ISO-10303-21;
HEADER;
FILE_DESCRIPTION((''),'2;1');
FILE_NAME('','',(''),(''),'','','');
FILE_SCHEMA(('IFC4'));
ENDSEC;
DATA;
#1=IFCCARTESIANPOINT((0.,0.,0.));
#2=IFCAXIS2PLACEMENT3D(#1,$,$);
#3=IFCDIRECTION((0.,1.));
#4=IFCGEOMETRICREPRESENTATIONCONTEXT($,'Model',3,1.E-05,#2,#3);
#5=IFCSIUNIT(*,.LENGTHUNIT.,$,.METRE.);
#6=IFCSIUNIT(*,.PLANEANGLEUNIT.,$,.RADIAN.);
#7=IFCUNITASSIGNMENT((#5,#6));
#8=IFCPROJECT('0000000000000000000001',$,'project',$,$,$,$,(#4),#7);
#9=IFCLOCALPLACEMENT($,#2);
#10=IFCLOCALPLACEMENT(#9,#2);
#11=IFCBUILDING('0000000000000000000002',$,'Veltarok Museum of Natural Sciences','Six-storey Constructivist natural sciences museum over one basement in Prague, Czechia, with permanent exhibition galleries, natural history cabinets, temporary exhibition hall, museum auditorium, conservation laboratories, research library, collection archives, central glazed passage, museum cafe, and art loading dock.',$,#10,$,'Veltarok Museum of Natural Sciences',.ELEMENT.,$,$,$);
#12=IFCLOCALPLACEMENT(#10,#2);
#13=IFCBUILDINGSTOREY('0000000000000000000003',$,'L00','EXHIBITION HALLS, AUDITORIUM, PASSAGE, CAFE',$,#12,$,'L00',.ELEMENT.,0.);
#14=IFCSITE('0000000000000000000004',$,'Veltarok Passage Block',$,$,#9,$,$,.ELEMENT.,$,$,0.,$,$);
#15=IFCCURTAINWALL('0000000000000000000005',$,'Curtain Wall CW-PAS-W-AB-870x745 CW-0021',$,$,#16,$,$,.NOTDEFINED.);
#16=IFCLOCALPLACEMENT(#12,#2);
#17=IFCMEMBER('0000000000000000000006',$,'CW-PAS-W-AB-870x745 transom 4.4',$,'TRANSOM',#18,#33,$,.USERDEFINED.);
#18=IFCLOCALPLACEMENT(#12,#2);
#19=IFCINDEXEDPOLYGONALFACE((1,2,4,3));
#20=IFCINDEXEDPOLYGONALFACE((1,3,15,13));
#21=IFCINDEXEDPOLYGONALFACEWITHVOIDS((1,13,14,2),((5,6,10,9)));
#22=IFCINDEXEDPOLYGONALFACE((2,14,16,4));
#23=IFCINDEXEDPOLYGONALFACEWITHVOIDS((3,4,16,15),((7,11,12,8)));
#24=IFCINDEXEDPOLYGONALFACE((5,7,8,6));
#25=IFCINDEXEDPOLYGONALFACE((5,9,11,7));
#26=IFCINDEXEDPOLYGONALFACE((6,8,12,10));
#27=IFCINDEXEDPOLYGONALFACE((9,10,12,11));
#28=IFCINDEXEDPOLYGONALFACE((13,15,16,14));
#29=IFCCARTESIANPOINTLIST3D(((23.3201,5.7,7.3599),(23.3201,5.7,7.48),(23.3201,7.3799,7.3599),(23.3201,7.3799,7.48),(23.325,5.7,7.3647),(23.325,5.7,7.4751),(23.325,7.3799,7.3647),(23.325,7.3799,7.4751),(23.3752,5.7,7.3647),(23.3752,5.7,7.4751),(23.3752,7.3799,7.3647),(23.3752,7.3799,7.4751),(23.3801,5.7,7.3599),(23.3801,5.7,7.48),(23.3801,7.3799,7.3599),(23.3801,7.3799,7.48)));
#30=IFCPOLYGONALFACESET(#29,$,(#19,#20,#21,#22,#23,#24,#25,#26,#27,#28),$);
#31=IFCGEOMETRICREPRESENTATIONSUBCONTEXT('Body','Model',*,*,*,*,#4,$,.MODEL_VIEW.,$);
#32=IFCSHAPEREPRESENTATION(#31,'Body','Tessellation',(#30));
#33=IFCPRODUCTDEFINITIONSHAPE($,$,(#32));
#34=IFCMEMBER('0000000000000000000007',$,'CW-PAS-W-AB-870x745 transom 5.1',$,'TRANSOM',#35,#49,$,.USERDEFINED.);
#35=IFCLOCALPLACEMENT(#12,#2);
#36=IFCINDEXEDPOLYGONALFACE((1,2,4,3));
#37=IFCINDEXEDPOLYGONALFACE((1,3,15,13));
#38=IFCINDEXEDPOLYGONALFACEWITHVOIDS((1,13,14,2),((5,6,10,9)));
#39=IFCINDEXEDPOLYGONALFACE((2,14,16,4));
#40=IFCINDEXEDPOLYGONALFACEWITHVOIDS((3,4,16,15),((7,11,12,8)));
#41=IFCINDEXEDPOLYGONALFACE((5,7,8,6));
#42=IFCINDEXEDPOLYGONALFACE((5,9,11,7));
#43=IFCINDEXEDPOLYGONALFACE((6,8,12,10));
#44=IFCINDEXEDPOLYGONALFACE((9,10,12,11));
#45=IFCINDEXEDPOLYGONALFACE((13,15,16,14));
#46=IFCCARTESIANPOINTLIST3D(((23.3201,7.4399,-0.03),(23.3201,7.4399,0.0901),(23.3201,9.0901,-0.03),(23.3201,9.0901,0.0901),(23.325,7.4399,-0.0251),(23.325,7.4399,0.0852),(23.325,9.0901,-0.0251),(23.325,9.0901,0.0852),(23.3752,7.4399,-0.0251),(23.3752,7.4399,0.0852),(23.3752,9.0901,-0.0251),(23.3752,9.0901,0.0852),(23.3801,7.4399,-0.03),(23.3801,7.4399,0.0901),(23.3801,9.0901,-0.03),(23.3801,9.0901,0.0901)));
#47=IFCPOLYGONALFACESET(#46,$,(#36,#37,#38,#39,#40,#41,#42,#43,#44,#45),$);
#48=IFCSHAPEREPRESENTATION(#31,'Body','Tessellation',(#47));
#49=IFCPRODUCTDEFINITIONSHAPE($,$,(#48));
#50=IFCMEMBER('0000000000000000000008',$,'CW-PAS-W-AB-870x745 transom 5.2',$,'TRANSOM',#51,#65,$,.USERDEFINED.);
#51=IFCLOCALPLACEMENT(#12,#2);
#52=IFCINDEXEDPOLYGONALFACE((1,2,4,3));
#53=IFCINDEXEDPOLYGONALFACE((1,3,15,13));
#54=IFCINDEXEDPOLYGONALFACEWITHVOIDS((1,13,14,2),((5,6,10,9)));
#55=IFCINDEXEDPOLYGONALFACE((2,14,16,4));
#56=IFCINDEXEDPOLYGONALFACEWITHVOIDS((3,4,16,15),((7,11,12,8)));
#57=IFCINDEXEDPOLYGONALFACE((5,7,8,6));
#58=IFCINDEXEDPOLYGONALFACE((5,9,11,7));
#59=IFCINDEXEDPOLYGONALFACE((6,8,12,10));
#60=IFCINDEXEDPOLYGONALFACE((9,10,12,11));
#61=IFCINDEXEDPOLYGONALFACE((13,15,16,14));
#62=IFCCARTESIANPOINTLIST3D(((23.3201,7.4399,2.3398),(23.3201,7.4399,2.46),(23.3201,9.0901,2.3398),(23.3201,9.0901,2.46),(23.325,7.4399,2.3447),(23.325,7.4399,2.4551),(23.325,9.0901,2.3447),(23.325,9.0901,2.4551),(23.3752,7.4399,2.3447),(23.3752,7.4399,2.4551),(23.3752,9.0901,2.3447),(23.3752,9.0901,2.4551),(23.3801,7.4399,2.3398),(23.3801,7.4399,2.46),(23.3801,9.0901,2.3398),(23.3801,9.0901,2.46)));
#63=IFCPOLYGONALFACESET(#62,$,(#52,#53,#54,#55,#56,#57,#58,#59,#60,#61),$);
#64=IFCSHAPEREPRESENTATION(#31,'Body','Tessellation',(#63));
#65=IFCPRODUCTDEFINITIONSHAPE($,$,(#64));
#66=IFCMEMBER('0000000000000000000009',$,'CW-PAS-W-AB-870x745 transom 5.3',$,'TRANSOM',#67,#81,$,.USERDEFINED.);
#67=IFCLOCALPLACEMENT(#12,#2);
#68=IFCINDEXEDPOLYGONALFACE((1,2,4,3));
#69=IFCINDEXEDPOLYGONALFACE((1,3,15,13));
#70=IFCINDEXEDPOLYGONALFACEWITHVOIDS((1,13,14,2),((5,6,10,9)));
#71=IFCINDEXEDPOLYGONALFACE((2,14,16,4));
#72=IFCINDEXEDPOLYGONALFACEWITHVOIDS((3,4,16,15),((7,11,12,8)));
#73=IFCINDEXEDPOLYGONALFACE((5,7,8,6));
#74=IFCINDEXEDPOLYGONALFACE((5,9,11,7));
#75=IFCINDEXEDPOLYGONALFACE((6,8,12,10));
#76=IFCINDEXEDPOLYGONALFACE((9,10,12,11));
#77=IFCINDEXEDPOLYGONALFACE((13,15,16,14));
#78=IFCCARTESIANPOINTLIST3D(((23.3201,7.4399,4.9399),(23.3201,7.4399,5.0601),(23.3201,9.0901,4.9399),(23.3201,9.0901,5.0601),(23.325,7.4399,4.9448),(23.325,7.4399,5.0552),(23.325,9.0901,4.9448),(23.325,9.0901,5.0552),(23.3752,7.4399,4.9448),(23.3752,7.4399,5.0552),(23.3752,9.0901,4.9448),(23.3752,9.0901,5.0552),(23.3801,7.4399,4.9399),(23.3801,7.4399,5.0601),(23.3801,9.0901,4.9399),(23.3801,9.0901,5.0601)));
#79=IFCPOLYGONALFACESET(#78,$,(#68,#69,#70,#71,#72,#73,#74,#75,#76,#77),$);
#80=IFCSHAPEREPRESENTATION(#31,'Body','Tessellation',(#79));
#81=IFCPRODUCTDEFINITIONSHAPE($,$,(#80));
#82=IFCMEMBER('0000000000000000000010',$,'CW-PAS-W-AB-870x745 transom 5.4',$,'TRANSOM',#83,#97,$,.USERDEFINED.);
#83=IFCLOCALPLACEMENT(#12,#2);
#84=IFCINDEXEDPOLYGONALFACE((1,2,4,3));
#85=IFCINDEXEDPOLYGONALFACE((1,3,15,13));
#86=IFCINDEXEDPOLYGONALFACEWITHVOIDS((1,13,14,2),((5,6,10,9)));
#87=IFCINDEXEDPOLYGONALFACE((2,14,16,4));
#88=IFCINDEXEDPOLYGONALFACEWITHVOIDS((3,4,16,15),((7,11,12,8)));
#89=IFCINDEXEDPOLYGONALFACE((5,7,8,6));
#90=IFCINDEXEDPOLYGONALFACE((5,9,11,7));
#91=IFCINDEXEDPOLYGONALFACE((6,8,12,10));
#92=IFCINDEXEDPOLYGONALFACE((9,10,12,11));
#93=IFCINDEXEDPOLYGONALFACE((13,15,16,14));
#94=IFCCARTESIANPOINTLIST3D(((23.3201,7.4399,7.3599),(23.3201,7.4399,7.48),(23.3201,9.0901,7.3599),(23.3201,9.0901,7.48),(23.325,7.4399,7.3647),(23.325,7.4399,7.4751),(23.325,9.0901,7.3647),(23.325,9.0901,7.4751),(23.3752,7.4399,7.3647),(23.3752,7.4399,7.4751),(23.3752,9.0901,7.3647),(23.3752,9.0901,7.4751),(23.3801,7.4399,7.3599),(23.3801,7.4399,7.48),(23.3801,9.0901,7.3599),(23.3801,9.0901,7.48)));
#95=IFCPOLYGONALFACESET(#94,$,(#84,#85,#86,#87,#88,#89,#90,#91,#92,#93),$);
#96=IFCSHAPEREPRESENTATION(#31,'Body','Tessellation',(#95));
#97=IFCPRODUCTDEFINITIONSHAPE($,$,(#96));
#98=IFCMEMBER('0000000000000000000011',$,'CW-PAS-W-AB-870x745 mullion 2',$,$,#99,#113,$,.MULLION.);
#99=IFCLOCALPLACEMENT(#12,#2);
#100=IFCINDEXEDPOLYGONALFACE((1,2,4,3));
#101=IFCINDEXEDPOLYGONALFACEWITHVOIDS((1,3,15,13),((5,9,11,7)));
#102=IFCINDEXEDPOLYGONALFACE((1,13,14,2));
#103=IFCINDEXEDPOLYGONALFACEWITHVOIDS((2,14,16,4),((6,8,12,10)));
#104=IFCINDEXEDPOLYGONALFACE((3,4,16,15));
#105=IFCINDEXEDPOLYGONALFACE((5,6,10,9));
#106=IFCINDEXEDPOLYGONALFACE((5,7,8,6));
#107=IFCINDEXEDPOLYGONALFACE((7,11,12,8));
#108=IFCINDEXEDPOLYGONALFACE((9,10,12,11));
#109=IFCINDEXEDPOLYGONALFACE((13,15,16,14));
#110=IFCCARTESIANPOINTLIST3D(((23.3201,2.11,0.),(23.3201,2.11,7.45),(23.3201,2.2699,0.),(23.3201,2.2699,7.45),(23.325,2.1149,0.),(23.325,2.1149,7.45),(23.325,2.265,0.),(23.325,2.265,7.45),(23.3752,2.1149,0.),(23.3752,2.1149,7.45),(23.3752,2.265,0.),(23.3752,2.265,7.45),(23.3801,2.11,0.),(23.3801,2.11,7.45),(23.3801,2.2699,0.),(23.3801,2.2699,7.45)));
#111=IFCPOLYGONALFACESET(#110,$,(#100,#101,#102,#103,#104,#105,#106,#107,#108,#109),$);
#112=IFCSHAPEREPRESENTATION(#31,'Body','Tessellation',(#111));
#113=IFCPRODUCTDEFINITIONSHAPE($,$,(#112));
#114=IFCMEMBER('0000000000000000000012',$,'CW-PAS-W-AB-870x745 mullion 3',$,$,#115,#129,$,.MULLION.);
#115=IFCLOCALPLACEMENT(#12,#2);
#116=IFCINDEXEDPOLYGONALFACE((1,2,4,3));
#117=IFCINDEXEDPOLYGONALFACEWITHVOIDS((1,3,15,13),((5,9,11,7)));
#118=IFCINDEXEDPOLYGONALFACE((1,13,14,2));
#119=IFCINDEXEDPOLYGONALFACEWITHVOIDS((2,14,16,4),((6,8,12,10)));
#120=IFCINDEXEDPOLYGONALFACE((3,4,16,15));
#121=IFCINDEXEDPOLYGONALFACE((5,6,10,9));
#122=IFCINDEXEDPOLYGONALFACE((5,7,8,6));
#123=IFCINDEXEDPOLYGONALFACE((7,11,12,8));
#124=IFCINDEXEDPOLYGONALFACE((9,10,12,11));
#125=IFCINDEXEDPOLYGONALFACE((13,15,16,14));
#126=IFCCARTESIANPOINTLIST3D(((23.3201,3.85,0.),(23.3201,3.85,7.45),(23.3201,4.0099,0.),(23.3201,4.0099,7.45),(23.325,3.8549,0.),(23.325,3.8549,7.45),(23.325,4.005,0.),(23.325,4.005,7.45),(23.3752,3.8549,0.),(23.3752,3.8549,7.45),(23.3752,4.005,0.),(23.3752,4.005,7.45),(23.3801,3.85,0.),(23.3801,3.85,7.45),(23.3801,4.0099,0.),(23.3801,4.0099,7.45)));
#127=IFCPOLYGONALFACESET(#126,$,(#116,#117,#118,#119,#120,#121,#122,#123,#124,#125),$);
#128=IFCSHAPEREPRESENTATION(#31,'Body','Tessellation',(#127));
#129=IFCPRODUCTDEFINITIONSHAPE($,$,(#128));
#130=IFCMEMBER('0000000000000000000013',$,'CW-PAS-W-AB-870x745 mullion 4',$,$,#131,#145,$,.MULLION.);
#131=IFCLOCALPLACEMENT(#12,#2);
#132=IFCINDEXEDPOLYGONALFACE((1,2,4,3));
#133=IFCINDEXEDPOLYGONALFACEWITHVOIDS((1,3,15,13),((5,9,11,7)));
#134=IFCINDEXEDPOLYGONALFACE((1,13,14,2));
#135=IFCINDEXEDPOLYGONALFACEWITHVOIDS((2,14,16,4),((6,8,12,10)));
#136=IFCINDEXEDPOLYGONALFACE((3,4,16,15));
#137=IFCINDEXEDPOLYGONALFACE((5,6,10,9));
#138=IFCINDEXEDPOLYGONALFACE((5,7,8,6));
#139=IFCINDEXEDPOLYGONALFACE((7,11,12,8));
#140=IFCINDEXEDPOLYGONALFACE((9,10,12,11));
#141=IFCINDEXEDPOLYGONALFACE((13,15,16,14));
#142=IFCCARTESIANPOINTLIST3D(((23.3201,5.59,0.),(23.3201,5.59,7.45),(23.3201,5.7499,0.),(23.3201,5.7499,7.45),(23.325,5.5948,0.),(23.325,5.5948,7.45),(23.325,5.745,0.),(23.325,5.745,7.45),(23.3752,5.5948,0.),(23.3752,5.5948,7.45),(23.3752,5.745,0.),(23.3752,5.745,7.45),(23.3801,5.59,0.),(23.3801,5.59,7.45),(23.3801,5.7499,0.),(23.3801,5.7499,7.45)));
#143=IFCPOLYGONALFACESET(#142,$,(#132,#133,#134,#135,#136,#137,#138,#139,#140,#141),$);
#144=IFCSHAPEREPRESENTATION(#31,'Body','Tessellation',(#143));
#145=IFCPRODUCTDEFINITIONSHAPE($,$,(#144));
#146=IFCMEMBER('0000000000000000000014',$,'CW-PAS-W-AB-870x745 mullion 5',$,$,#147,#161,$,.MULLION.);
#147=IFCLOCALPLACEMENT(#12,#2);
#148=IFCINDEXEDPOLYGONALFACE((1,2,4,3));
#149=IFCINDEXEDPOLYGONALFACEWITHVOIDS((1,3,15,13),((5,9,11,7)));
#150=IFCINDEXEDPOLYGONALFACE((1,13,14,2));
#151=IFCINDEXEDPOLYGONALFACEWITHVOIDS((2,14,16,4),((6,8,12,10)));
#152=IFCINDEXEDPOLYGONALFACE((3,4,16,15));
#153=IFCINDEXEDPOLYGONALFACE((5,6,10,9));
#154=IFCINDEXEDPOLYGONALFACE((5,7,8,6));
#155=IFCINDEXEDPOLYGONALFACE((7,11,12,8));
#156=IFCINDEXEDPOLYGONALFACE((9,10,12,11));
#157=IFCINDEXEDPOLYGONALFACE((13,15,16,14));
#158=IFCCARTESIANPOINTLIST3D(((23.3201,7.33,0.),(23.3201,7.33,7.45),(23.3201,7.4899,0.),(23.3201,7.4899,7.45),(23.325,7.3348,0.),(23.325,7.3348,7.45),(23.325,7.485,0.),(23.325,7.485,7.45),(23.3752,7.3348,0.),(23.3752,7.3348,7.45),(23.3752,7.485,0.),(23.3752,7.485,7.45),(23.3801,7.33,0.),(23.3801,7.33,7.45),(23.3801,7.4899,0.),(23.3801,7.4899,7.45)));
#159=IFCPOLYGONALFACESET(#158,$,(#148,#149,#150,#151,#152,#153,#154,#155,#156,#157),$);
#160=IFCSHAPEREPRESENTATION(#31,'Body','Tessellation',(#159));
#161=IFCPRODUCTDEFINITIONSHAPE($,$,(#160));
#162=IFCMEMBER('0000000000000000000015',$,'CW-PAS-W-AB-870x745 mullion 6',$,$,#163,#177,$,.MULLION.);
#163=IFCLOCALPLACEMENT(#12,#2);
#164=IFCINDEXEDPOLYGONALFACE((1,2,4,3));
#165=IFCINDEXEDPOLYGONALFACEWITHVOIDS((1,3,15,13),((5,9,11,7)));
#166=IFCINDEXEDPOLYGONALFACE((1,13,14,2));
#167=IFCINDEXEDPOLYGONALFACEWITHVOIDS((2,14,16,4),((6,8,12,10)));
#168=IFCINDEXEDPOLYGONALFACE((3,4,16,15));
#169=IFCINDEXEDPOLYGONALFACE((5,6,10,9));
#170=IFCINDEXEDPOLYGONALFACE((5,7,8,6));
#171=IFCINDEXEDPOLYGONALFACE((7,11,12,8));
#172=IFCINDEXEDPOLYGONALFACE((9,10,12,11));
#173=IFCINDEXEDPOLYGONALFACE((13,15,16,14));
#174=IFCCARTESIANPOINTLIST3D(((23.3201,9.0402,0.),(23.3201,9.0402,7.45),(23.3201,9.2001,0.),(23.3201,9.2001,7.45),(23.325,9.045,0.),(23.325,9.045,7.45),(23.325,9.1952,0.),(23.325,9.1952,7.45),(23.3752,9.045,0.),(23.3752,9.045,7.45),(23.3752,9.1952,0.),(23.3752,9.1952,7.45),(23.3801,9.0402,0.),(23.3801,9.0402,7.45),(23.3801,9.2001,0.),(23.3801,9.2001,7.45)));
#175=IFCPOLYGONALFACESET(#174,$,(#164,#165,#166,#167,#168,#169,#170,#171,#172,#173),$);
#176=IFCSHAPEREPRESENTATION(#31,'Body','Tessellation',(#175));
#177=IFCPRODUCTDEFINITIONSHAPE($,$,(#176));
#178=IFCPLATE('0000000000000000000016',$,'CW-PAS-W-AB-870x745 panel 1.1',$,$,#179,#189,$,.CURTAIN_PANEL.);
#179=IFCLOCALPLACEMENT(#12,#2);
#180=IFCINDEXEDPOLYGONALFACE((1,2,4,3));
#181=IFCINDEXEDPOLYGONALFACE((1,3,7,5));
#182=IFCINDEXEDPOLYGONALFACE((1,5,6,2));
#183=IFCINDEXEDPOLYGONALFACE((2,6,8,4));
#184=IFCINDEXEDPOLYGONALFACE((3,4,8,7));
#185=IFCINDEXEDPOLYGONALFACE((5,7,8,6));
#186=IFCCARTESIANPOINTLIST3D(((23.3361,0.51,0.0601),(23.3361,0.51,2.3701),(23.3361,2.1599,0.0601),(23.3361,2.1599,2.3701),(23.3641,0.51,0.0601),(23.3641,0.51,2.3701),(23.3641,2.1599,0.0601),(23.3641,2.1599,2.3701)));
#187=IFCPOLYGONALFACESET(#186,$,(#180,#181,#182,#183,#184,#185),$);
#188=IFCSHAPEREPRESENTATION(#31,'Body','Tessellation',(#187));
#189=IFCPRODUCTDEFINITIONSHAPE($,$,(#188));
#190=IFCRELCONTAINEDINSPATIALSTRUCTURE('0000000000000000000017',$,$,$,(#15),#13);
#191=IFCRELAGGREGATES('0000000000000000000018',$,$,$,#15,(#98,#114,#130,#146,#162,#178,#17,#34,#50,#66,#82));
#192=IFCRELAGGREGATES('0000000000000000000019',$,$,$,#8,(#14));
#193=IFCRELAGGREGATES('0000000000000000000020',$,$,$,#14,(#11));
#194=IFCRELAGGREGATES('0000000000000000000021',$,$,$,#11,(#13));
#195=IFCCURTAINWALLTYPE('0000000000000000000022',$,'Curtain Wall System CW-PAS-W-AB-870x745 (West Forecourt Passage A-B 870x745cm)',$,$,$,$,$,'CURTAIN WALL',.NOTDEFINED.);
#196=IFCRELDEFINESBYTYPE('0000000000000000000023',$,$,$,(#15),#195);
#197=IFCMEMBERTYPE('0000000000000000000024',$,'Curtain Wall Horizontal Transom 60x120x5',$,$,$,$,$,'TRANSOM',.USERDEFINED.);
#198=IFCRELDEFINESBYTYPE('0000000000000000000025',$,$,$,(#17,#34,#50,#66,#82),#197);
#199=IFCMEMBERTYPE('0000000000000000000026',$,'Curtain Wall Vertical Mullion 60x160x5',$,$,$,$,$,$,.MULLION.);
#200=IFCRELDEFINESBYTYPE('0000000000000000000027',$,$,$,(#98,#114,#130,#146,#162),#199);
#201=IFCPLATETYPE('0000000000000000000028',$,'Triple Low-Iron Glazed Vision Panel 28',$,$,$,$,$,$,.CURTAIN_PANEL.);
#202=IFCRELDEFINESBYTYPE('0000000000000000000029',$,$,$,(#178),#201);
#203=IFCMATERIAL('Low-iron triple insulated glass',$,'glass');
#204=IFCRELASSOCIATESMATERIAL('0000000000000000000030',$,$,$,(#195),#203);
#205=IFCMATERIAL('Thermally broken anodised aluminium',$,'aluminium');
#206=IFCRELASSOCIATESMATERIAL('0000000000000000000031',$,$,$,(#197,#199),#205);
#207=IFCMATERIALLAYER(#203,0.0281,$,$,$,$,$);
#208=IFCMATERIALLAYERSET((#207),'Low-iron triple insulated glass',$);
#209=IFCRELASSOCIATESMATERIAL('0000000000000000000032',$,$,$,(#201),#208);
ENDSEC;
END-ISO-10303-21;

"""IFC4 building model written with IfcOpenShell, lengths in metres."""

from ifc_helpers import new_model, si_unit, direction, frame, origin, origin_2d, place, context, subcontext, project, spatial, rectangle, hollow_rectangle, extrude, material, layer, layer_set, material_profile, profile_set, type_object, element, aggregate, save


model = new_model("IFC4")

# Units and contexts
model_context = context("Model", 3, precision=1e-05, world=origin(), true_north=direction((0.0, 1.0)))
body_context = subcontext(model_context, "Body", "Model", "MODEL_VIEW")
ifc_project = project(units=[si_unit("LENGTHUNIT", "METRE"), si_unit("PLANEANGLEUNIT", "RADIAN")], contexts=[model_context])

# Site, building, storey
site_placement = place(None, origin())
site = spatial("IfcSite", under=ifc_project, at=site_placement, Name="Veltarok Passage Block", CompositionType="ELEMENT", RefElevation=0.0)
building_placement = place(site_placement, origin())
building = spatial("IfcBuilding", under=site, at=building_placement, Name="Veltarok Museum of Natural Sciences", Description="Six-storey Constructivist natural sciences museum over one basement in Prague, Czechia, with permanent exhibition galleries, natural history cabinets, temporary exhibition hall, museum auditorium, conservation laboratories, research library, collection archives, central glazed passage, museum cafe, and art loading dock.", LongName="Veltarok Museum of Natural Sciences", CompositionType="ELEMENT")
storey_placement = place(building_placement, origin())
storey = spatial("IfcBuildingStorey", under=building, at=storey_placement, Name="L00", Description="EXHIBITION HALLS, AUDITORIUM, PASSAGE, CAFE", LongName="L00", CompositionType="ELEMENT", Elevation=0.0)

# Curtain wall, members, plate
ifc_material_1 = material(Name="Low-iron triple insulated glass", Category="glass")
curtain_wall_type = type_object("IfcCurtainWallType", Name="Curtain Wall System CW-PAS-W-AB-870x745 (West Forecourt Passage A-B 870x745cm)", ElementType="CURTAIN WALL", PredefinedType="NOTDEFINED", material=ifc_material_1)
curtain_wall_placement = place(storey_placement, origin())
curtain_wall = element("IfcCurtainWall", 1, at=curtain_wall_placement, inside=storey, type_object=curtain_wall_type, Name="Curtain Wall CW-PAS-W-AB-870x745 CW-0021", PredefinedType="NOTDEFINED")
ifc_material_2 = material(Name="Thermally broken anodised aluminium", Category="aluminium")
ifc_material_profile_1 = material_profile(ifc_material_2, hollow_rectangle(XDim=0.0601, YDim=0.1201, WallThickness=0.0049, at=origin_2d()), Name="CW TRANSOM 60x120x5")
ifc_profile_set_1 = profile_set([ifc_material_profile_1], Name="Thermally broken anodised aluminium")
member_type_1 = type_object("IfcMemberType", Name="Curtain Wall Horizontal Transom 60x120x5", ElementType="TRANSOM", PredefinedType="USERDEFINED", material=ifc_profile_set_1)
member_1_placement = place(storey_placement, frame((23.3501, 5.7, 7.4199), z_axis=(0.0, 1.0, 0.0), x_axis=(-1.0, 0.0, 0.0)))
member_1 = element("IfcMember", 2, at=member_1_placement, type_object=member_type_1, Name="CW-PAS-W-AB-870x745 transom 4.4", ObjectType="TRANSOM", PredefinedType="USERDEFINED", context=body_context, shape_type="SweptSolid", body=[
    extrude(hollow_rectangle(XDim=0.0601, YDim=0.1201, WallThickness=0.0049, at=origin_2d()), origin(), (0.0, 0.0, 1.0), 1.6799),
])
member_2_placement = place(storey_placement, frame((23.3501, 7.4399, 0.03), z_axis=(0.0, 1.0, 0.0), x_axis=(-1.0, 0.0, 0.0)))
member_2 = element("IfcMember", 3, at=member_2_placement, type_object=member_type_1, Name="CW-PAS-W-AB-870x745 transom 5.1", ObjectType="TRANSOM", PredefinedType="USERDEFINED", context=body_context, shape_type="SweptSolid", body=[
    extrude(hollow_rectangle(XDim=0.0601, YDim=0.1201, WallThickness=0.0049, at=origin_2d()), origin(), (0.0, 0.0, 1.0), 1.6501),
])
member_3_placement = place(storey_placement, frame((23.3501, 7.4399, 2.3999), z_axis=(0.0, 1.0, 0.0), x_axis=(-1.0, 0.0, 0.0)))
member_3 = element("IfcMember", 4, at=member_3_placement, type_object=member_type_1, Name="CW-PAS-W-AB-870x745 transom 5.2", ObjectType="TRANSOM", PredefinedType="USERDEFINED", context=body_context, shape_type="SweptSolid", body=[
    extrude(hollow_rectangle(XDim=0.0601, YDim=0.1201, WallThickness=0.0049, at=origin_2d()), origin(), (0.0, 0.0, 1.0), 1.6501),
])
member_4_placement = place(storey_placement, frame((23.3501, 7.4399, 5.0), z_axis=(0.0, 1.0, 0.0), x_axis=(-1.0, 0.0, 0.0)))
member_4 = element("IfcMember", 5, at=member_4_placement, type_object=member_type_1, Name="CW-PAS-W-AB-870x745 transom 5.3", ObjectType="TRANSOM", PredefinedType="USERDEFINED", context=body_context, shape_type="SweptSolid", body=[
    extrude(hollow_rectangle(XDim=0.0601, YDim=0.1201, WallThickness=0.0049, at=origin_2d()), origin(), (0.0, 0.0, 1.0), 1.6501),
])
member_5_placement = place(storey_placement, frame((23.3501, 7.4399, 7.4199), z_axis=(0.0, 1.0, 0.0), x_axis=(-1.0, 0.0, 0.0)))
member_5 = element("IfcMember", 6, at=member_5_placement, type_object=member_type_1, Name="CW-PAS-W-AB-870x745 transom 5.4", ObjectType="TRANSOM", PredefinedType="USERDEFINED", context=body_context, shape_type="SweptSolid", body=[
    extrude(hollow_rectangle(XDim=0.0601, YDim=0.1201, WallThickness=0.0049, at=origin_2d()), origin(), (0.0, 0.0, 1.0), 1.6501),
])
ifc_material_profile_2 = material_profile(ifc_material_2, hollow_rectangle(XDim=0.0601, YDim=0.1599, WallThickness=0.0049, at=origin_2d()), Name="CW MULLION 60x160x5")
ifc_profile_set_2 = profile_set([ifc_material_profile_2], Name="Thermally broken anodised aluminium")
member_type_2 = type_object("IfcMemberType", Name="Curtain Wall Vertical Mullion 60x160x5", PredefinedType="MULLION", material=ifc_profile_set_2)
member_6_placement = place(storey_placement, frame((23.3501, 2.1899, 0.0), z_axis=(0.0, 0.0, 1.0), x_axis=(-1.0, 0.0, 0.0)))
member_6 = element("IfcMember", 7, at=member_6_placement, type_object=member_type_2, Name="CW-PAS-W-AB-870x745 mullion 2", PredefinedType="MULLION", context=body_context, shape_type="SweptSolid", body=[
    extrude(hollow_rectangle(XDim=0.0601, YDim=0.1599, WallThickness=0.0049, at=origin_2d()), origin(), (0.0, 0.0, 1.0), 7.45),
])
member_7_placement = place(storey_placement, frame((23.3501, 3.9299, 0.0), z_axis=(0.0, 0.0, 1.0), x_axis=(-1.0, 0.0, 0.0)))
member_7 = element("IfcMember", 8, at=member_7_placement, type_object=member_type_2, Name="CW-PAS-W-AB-870x745 mullion 3", PredefinedType="MULLION", context=body_context, shape_type="SweptSolid", body=[
    extrude(hollow_rectangle(XDim=0.0601, YDim=0.1599, WallThickness=0.0049, at=origin_2d()), origin(), (0.0, 0.0, 1.0), 7.45),
])
member_8_placement = place(storey_placement, frame((23.3501, 5.6699, 0.0), z_axis=(0.0, 0.0, 1.0), x_axis=(-1.0, 0.0, 0.0)))
member_8 = element("IfcMember", 9, at=member_8_placement, type_object=member_type_2, Name="CW-PAS-W-AB-870x745 mullion 4", PredefinedType="MULLION", context=body_context, shape_type="SweptSolid", body=[
    extrude(hollow_rectangle(XDim=0.0601, YDim=0.1599, WallThickness=0.0049, at=origin_2d()), origin(), (0.0, 0.0, 1.0), 7.45),
])
member_9_placement = place(storey_placement, frame((23.3501, 7.4099, 0.0), z_axis=(0.0, 0.0, 1.0), x_axis=(-1.0, 0.0, 0.0)))
member_9 = element("IfcMember", 10, at=member_9_placement, type_object=member_type_2, Name="CW-PAS-W-AB-870x745 mullion 5", PredefinedType="MULLION", context=body_context, shape_type="SweptSolid", body=[
    extrude(hollow_rectangle(XDim=0.0601, YDim=0.1599, WallThickness=0.0049, at=origin_2d()), origin(), (0.0, 0.0, 1.0), 7.45),
])
member_10_placement = place(storey_placement, frame((23.3501, 9.1201, 0.0), z_axis=(0.0, 0.0, 1.0), x_axis=(-1.0, 0.0, 0.0)))
member_10 = element("IfcMember", 11, at=member_10_placement, type_object=member_type_2, Name="CW-PAS-W-AB-870x745 mullion 6", PredefinedType="MULLION", context=body_context, shape_type="SweptSolid", body=[
    extrude(hollow_rectangle(XDim=0.0601, YDim=0.1599, WallThickness=0.0049, at=origin_2d()), origin(), (0.0, 0.0, 1.0), 7.45),
])
ifc_layer = layer(ifc_material_1, 0.0281)
ifc_layer_set = layer_set([ifc_layer], Name="Low-iron triple insulated glass")
plate_type = type_object("IfcPlateType", Name="Triple Low-Iron Glazed Vision Panel 28", PredefinedType="CURTAIN_PANEL", material=ifc_layer_set)
plate_1_placement = place(storey_placement, frame((23.3501, 1.335, 0.0601), z_axis=(0.0, 0.0, 1.0), x_axis=(0.0, 1.0, 0.0)))
plate_1 = element("IfcPlate", 12, at=plate_1_placement, type_object=plate_type, Name="CW-PAS-W-AB-870x745 panel 1.1", PredefinedType="CURTAIN_PANEL", context=body_context, shape_type="SweptSolid", body=[
    extrude(rectangle(XDim=1.6499, YDim=0.0281, at=origin_2d()), origin(), (0.0, 0.0, 1.0), 2.3101),
])
aggregate(curtain_wall, [member_6, member_7, member_8, member_9, member_10, plate_1, member_1, member_2, member_3, member_4, member_5])

save(model, "model.ifc")
